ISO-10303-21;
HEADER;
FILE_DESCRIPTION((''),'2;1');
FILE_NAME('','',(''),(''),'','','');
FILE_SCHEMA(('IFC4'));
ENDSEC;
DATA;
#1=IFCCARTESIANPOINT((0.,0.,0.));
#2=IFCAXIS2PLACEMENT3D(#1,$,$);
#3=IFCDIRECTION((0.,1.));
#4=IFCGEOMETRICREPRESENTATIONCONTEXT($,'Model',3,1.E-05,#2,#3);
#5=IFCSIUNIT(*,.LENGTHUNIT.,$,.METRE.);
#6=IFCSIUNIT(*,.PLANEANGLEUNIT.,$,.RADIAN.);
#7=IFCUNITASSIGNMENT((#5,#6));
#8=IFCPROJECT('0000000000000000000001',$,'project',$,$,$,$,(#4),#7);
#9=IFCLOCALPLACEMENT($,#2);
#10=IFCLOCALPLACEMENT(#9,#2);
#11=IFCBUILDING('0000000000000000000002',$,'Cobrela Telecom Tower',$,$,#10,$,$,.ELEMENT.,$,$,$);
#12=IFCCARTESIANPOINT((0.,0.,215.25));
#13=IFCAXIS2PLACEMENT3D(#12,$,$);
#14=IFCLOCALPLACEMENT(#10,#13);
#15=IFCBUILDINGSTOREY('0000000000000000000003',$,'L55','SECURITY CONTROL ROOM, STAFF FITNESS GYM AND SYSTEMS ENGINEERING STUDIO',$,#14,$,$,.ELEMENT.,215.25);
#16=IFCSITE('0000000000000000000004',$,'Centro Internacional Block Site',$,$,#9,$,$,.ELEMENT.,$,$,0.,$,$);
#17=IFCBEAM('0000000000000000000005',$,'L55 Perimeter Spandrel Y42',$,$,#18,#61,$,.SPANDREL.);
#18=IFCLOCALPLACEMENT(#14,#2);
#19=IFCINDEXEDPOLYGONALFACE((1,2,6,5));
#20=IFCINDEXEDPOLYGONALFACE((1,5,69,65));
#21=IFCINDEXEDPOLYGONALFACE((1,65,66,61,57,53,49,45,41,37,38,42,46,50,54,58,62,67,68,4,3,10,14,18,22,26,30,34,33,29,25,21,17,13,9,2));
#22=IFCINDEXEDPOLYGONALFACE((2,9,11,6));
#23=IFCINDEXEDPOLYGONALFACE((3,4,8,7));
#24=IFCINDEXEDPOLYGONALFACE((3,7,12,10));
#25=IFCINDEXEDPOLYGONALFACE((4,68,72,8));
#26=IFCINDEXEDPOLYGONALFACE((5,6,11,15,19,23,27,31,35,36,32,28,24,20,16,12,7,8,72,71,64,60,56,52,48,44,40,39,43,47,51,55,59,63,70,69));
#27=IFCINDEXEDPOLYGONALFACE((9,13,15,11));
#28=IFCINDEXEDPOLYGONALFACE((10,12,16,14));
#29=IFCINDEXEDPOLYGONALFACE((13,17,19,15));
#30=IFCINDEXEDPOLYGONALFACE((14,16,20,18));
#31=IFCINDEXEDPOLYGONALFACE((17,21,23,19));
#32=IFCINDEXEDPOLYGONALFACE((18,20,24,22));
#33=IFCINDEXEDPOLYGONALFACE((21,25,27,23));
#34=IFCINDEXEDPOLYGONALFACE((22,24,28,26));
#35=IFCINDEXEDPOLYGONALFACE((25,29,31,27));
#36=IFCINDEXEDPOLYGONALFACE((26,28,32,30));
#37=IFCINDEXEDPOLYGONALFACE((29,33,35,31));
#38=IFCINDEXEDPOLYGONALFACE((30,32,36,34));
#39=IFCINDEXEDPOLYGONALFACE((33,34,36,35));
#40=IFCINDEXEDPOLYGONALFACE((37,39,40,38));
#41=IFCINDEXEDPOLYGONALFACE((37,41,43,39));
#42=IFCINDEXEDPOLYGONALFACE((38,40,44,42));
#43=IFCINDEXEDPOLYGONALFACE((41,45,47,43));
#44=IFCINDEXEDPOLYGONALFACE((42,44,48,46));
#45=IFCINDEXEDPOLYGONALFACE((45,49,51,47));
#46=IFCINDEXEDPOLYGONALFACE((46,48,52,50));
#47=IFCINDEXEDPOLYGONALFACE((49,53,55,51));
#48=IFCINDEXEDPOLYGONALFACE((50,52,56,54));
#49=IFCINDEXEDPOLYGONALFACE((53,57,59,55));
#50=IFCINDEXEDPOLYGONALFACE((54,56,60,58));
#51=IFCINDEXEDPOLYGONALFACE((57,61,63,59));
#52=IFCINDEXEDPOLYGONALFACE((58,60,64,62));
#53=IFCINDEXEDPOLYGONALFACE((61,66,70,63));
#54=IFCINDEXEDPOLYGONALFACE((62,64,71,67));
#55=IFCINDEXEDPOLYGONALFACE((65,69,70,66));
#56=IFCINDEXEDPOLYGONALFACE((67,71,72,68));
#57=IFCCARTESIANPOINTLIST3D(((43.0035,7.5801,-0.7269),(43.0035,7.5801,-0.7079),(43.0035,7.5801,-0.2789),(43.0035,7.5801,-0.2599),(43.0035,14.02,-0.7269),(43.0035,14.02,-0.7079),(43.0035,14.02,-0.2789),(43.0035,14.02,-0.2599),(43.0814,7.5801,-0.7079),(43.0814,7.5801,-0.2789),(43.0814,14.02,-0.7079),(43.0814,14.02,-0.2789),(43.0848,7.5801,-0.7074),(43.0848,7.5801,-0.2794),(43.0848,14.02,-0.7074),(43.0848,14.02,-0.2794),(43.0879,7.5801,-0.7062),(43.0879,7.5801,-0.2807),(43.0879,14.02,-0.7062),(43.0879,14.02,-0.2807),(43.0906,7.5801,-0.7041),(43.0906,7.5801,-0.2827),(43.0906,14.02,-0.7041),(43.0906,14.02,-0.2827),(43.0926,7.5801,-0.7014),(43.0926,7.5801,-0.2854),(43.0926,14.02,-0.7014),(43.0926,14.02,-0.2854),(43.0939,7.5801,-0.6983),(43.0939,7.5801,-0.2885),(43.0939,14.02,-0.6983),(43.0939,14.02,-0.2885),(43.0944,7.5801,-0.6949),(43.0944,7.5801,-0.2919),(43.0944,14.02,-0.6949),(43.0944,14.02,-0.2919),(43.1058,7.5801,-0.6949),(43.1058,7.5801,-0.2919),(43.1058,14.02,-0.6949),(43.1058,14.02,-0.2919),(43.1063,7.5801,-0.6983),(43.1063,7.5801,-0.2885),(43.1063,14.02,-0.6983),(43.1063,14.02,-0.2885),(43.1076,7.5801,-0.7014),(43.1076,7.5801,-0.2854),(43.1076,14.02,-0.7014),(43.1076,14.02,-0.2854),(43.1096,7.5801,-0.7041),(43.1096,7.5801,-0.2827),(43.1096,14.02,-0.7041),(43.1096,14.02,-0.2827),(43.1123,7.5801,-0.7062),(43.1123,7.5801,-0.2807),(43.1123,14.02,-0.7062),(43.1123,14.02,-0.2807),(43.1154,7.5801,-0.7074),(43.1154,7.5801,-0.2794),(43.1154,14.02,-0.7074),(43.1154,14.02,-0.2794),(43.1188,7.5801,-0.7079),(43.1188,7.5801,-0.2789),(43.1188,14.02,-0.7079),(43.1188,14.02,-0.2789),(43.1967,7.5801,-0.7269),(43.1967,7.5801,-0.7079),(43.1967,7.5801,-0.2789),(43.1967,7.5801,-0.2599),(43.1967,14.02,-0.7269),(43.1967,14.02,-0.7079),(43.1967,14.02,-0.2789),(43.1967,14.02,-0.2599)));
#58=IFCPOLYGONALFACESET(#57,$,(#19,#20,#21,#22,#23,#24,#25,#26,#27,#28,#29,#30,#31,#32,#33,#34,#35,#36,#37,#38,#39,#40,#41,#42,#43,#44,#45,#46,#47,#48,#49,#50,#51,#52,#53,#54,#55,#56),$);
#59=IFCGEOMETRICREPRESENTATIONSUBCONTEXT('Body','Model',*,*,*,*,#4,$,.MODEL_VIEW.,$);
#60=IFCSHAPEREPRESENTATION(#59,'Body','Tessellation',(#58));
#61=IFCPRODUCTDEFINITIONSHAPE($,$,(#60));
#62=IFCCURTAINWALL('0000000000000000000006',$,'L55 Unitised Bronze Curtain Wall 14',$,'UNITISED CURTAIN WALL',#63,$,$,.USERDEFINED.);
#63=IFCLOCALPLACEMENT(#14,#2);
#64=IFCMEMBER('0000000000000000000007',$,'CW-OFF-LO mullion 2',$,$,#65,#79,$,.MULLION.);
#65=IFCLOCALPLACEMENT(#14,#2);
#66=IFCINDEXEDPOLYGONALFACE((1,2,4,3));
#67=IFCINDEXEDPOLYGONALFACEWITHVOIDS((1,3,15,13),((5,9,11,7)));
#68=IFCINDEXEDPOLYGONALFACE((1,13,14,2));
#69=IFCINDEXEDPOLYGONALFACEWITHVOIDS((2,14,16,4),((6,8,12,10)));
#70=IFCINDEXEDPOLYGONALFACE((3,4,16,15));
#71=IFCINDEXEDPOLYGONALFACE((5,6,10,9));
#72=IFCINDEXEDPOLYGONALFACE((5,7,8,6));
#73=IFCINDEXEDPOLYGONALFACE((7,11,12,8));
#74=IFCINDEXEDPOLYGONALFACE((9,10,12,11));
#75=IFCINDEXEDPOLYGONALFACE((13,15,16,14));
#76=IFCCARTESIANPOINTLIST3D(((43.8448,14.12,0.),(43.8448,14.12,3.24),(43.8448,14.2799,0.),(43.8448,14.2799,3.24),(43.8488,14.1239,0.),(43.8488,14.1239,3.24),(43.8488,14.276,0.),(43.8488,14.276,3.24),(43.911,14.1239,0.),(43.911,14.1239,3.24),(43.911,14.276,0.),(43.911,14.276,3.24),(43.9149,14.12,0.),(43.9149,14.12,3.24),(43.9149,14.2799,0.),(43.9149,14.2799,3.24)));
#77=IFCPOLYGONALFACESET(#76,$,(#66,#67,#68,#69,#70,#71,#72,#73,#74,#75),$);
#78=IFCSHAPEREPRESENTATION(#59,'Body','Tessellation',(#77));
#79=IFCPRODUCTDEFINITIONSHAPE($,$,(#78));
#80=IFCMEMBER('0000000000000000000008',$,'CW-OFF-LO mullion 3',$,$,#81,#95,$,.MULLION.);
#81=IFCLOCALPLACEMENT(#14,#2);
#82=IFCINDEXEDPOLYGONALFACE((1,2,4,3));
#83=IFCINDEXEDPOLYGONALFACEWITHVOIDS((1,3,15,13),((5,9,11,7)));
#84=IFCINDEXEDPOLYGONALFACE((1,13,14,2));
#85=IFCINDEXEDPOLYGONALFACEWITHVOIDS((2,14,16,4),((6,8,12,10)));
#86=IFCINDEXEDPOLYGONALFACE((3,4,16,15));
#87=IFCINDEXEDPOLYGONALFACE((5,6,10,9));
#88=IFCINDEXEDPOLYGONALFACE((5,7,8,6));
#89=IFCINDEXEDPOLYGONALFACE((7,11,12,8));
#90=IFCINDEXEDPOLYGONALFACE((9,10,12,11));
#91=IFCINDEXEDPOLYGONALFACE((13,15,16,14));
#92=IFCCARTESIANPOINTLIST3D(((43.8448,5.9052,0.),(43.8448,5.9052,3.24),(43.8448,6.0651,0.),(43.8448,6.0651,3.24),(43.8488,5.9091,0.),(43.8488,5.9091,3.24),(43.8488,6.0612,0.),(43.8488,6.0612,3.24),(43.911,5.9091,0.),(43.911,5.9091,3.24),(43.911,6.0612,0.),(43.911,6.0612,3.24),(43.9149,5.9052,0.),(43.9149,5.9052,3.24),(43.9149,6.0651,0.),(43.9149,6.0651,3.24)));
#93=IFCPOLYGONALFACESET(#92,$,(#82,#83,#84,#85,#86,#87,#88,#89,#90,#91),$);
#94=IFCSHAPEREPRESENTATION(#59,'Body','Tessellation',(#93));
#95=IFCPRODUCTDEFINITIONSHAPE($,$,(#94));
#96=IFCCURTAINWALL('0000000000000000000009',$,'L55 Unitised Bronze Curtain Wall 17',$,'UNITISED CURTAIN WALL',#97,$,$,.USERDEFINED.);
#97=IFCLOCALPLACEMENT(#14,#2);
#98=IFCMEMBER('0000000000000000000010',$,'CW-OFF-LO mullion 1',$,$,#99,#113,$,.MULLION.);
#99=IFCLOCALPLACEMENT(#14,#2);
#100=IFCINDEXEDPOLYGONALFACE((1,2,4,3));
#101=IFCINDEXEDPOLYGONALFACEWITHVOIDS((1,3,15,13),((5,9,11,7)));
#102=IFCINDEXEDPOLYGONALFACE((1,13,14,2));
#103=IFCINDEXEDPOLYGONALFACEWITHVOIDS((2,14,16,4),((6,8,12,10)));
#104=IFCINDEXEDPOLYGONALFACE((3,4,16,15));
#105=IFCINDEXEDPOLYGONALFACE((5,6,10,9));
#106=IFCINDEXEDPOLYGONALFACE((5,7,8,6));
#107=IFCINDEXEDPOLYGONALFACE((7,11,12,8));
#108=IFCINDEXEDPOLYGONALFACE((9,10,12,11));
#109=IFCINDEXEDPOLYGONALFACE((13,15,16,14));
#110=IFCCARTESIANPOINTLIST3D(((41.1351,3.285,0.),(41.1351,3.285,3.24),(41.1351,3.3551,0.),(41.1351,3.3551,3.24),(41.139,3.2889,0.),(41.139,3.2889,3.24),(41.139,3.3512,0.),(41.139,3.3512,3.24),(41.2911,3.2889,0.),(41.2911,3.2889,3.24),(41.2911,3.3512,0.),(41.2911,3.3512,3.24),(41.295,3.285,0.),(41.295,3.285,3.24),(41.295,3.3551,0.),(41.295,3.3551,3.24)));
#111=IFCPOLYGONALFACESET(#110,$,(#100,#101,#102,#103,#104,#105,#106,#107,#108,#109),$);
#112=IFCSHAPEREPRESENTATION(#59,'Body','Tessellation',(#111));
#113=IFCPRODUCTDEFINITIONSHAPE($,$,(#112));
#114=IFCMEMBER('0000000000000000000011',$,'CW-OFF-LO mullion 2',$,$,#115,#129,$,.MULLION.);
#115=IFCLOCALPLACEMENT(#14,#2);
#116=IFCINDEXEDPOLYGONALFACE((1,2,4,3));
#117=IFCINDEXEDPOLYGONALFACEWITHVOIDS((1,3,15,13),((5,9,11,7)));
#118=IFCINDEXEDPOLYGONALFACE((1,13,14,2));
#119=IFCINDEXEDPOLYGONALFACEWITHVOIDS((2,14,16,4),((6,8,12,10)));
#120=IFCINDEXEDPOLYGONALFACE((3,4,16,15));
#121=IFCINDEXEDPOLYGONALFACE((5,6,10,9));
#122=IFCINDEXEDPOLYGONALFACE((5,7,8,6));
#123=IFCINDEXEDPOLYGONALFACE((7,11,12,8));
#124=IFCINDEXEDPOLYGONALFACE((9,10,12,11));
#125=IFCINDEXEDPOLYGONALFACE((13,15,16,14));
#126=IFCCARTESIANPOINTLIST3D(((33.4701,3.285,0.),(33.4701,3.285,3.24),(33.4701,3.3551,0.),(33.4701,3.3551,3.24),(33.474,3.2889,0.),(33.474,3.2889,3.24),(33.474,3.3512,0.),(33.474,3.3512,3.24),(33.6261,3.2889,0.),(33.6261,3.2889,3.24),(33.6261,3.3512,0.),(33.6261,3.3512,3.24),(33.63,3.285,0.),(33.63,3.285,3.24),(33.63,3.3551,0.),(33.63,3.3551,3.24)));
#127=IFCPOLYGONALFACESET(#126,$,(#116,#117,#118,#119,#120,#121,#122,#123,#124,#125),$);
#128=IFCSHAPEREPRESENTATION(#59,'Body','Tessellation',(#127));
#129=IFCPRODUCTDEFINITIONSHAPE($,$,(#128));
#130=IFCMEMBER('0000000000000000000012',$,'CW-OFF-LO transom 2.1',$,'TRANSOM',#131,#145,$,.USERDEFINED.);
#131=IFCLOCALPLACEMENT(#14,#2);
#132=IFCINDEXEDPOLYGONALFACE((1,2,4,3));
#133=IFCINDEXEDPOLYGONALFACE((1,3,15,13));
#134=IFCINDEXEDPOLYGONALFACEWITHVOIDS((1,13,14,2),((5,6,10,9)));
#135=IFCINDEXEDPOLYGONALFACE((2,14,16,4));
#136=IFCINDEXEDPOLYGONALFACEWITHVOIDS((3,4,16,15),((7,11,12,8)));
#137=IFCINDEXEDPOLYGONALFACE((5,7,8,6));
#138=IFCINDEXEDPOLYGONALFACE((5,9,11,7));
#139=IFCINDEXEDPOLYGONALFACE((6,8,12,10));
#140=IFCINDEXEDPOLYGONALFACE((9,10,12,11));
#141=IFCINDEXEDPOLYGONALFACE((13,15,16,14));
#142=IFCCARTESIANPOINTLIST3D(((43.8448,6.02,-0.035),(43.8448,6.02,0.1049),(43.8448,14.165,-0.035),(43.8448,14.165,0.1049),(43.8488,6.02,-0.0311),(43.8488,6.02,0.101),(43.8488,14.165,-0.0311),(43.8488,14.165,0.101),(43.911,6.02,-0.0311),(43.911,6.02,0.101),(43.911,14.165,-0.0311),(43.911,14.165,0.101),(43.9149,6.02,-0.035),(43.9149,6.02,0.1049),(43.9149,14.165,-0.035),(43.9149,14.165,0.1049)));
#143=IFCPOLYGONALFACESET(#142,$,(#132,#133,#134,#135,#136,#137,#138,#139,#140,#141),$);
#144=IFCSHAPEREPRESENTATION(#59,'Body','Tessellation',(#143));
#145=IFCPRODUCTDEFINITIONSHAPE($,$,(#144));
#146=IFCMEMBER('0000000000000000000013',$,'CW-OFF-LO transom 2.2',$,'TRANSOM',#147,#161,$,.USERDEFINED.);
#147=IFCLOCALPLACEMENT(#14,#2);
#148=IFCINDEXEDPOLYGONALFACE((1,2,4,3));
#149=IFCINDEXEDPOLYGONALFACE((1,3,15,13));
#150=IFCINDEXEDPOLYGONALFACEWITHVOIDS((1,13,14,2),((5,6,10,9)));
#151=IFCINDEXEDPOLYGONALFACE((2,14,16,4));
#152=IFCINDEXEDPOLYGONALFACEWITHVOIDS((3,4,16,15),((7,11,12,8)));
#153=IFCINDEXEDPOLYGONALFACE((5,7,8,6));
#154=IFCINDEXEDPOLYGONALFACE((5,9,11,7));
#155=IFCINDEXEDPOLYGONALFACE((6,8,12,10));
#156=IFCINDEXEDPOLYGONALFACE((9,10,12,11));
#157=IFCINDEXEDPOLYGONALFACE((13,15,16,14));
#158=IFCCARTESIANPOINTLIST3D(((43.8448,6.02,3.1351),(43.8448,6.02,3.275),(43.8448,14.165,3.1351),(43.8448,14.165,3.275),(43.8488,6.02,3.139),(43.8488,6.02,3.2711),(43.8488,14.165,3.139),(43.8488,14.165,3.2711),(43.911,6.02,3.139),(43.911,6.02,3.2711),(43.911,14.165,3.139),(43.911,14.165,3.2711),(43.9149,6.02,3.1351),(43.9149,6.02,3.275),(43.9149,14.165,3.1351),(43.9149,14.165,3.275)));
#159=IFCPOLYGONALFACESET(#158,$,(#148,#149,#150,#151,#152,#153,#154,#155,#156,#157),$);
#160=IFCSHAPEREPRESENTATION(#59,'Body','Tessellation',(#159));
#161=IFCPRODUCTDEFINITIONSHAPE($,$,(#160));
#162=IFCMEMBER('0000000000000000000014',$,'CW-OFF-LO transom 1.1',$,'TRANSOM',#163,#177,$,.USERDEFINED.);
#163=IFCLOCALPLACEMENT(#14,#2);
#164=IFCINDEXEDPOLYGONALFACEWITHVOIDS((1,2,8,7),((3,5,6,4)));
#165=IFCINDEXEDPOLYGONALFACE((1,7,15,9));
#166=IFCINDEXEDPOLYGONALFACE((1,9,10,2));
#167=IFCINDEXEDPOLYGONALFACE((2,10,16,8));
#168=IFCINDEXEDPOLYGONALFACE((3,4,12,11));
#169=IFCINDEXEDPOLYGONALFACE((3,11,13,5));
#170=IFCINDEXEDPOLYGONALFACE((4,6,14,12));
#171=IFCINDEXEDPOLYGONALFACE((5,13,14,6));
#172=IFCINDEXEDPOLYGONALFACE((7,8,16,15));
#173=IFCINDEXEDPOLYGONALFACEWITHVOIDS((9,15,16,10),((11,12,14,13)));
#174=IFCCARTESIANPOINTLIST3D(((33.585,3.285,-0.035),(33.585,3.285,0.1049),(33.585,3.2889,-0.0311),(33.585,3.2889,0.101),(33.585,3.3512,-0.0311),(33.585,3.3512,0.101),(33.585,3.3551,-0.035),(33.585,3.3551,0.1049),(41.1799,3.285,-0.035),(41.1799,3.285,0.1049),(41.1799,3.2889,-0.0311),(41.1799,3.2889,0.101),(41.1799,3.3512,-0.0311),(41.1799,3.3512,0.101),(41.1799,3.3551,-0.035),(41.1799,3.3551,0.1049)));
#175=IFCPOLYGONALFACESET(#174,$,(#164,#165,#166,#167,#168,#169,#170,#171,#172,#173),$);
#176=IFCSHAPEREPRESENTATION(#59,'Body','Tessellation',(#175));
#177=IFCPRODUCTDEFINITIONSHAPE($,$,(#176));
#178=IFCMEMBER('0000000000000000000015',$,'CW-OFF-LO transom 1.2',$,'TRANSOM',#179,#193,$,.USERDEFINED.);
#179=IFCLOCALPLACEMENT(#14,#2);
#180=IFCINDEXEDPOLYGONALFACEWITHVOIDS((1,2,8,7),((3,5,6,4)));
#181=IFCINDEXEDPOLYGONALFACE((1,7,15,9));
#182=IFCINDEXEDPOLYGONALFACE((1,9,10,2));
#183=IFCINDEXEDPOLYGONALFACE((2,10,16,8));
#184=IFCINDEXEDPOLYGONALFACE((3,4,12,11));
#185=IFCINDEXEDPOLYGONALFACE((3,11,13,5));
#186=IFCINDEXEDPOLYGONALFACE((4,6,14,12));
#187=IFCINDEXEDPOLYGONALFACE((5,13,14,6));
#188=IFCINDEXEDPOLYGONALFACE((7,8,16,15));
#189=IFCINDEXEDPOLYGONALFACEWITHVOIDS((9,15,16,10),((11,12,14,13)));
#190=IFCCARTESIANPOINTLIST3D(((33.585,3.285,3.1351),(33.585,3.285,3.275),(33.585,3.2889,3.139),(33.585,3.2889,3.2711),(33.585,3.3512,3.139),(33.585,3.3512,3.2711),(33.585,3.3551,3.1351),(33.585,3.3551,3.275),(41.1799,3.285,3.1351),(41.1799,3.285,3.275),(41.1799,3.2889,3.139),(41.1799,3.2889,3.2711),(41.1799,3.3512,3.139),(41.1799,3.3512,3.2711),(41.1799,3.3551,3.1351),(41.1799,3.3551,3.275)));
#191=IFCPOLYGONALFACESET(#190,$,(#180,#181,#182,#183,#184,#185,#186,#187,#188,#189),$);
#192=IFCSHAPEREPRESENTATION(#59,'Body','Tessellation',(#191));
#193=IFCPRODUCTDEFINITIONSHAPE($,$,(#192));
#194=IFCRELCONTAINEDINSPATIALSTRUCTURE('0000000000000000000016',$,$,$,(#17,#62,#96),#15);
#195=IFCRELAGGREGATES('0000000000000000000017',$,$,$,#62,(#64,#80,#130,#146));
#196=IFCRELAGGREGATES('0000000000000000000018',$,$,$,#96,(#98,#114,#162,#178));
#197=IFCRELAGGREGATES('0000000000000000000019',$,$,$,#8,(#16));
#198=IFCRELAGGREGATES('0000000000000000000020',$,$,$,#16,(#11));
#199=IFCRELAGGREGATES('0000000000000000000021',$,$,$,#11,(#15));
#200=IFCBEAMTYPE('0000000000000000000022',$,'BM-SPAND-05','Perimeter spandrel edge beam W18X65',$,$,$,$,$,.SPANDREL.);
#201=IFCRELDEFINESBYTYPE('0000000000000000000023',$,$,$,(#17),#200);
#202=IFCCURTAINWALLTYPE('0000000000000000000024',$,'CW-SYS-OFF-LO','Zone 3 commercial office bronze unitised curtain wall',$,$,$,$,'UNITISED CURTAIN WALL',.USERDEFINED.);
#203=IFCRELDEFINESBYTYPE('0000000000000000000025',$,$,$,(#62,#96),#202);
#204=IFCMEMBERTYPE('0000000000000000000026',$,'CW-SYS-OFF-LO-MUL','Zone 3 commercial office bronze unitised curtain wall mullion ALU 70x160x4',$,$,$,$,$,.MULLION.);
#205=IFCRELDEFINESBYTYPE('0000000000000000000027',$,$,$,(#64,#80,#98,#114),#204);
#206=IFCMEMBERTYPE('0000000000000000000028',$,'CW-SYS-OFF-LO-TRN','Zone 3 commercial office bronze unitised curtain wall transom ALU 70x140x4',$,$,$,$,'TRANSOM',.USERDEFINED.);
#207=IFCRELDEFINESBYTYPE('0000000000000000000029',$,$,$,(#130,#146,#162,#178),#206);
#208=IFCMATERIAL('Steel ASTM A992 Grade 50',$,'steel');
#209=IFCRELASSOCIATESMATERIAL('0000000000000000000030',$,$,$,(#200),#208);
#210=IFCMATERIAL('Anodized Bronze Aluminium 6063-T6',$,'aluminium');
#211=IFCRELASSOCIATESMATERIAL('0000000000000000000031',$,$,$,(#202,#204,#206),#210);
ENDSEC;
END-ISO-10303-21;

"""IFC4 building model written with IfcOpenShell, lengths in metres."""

from ifc_helpers import new_model, si_unit, direction, frame, origin, origin_2d, place, context, subcontext, project, spatial, hollow_rectangle, i_section, extrude, material, material_profile, profile_set, type_object, element, aggregate, save


model = new_model("IFC4")

# Units and contexts
model_context = context("Model", 3, precision=1e-05, world=origin(), true_north=direction((0.0, 1.0)))
body_context = subcontext(model_context, "Body", "Model", "MODEL_VIEW")
ifc_project = project(units=[si_unit("LENGTHUNIT", "METRE"), si_unit("PLANEANGLEUNIT", "RADIAN")], contexts=[model_context])

# Site, building, storey
site_placement = place(None, origin())
site = spatial("IfcSite", under=ifc_project, at=site_placement, Name="Centro Internacional Block Site", CompositionType="ELEMENT", RefElevation=0.0)
building_placement = place(site_placement, origin())
building = spatial("IfcBuilding", under=site, at=building_placement, Name="Cobrela Telecom Tower", CompositionType="ELEMENT")
storey_placement = place(building_placement, frame((0.0, 0.0, 215.25)))
storey = spatial("IfcBuildingStorey", under=building, at=storey_placement, Name="L55", Description="SECURITY CONTROL ROOM, STAFF FITNESS GYM AND SYSTEMS ENGINEERING STUDIO", CompositionType="ELEMENT", Elevation=215.25)

# Shared definitions
ifc_material_1 = material(Name="Steel ASTM A992 Grade 50", Category="steel")

# Beam
ifc_material_profile_1 = material_profile(ifc_material_1, i_section(OverallWidth=0.1931, OverallDepth=0.467, WebThickness=0.0115, FlangeThickness=0.019, FilletRadius=0.0129, at=origin_2d()), Name="W18X65")
ifc_profile_set_1 = profile_set([ifc_material_profile_1], Name="Steel ASTM A992 Grade 50")
beam_type_1 = type_object("IfcBeamType", Name="BM-SPAND-05", Description="Perimeter spandrel edge beam W18X65", PredefinedType="SPANDREL", material=ifc_profile_set_1)
beam_1_placement = place(storey_placement, frame((43.1001, 7.5801, -0.4934), z_axis=(0.0, 1.0, 0.0), x_axis=(-1.0, 0.0, 0.0)))
element("IfcBeam", 1, at=beam_1_placement, inside=storey, type_object=beam_type_1, Name="L55 Perimeter Spandrel Y42", PredefinedType="SPANDREL", context=body_context, shape_type="SweptSolid", body=[
    extrude(i_section(OverallWidth=0.1931, OverallDepth=0.467, WebThickness=0.0115, FlangeThickness=0.019, FilletRadius=0.0129, at=origin_2d()), origin(), (0.0, 0.0, 1.0), 6.4399),
])

# Curtain walls, members
ifc_material_2 = material(Name="Anodized Bronze Aluminium 6063-T6", Category="aluminium")
curtain_wall_type = type_object("IfcCurtainWallType", Name="CW-SYS-OFF-LO", Description="Zone 3 commercial office bronze unitised curtain wall", ElementType="UNITISED CURTAIN WALL", PredefinedType="USERDEFINED", material=ifc_material_2)
curtain_wall_1_placement = place(storey_placement, origin())
curtain_wall_1 = element("IfcCurtainWall", 2, at=curtain_wall_1_placement, inside=storey, type_object=curtain_wall_type, Name="L55 Unitised Bronze Curtain Wall 14", ObjectType="UNITISED CURTAIN WALL", PredefinedType="USERDEFINED")
ifc_material_profile_2 = material_profile(ifc_material_2, hollow_rectangle(XDim=0.0701, YDim=0.1599, WallThickness=0.0039, at=origin_2d()), Name="ALU 70x160x4")
ifc_profile_set_2 = profile_set([ifc_material_profile_2], Name="Anodized Bronze Aluminium 6063-T6")
member_type_1 = type_object("IfcMemberType", Name="CW-SYS-OFF-LO-MUL", Description="Zone 3 commercial office bronze unitised curtain wall mullion ALU 70x160x4", PredefinedType="MULLION", material=ifc_profile_set_2)
member_1_placement = place(storey_placement, frame((43.8799, 14.2, 0.0), z_axis=(0.0, 0.0, 1.0), x_axis=(1.0, 0.0, 0.0)))
member_1 = element("IfcMember", 3, at=member_1_placement, type_object=member_type_1, Name="CW-OFF-LO mullion 2", PredefinedType="MULLION", context=body_context, shape_type="SweptSolid", body=[
    extrude(hollow_rectangle(XDim=0.0701, YDim=0.1599, WallThickness=0.0039, at=origin_2d()), origin(), (0.0, 0.0, 1.0), 3.24),
])
member_2_placement = place(storey_placement, frame((43.8799, 5.9851, 0.0), z_axis=(0.0, 0.0, 1.0), x_axis=(1.0, 0.0, 0.0)))
member_2 = element("IfcMember", 4, at=member_2_placement, type_object=member_type_1, Name="CW-OFF-LO mullion 3", PredefinedType="MULLION", context=body_context, shape_type="SweptSolid", body=[
    extrude(hollow_rectangle(XDim=0.0701, YDim=0.1599, WallThickness=0.0039, at=origin_2d()), origin(), (0.0, 0.0, 1.0), 3.24),
])
curtain_wall_2_placement = place(storey_placement, origin())
curtain_wall_2 = element("IfcCurtainWall", 5, at=curtain_wall_2_placement, inside=storey, type_object=curtain_wall_type, Name="L55 Unitised Bronze Curtain Wall 17", ObjectType="UNITISED CURTAIN WALL", PredefinedType="USERDEFINED")
member_3_placement = place(storey_placement, frame((41.2151, 3.3201, 0.0), z_axis=(0.0, 0.0, 1.0), x_axis=(0.0, -1.0, 0.0)))
member_3 = element("IfcMember", 6, at=member_3_placement, type_object=member_type_1, Name="CW-OFF-LO mullion 1", PredefinedType="MULLION", context=body_context, shape_type="SweptSolid", body=[
    extrude(hollow_rectangle(XDim=0.0701, YDim=0.1599, WallThickness=0.0039, at=origin_2d()), origin(), (0.0, 0.0, 1.0), 3.24),
])
member_4_placement = place(storey_placement, frame((33.55, 3.3201, 0.0), z_axis=(0.0, 0.0, 1.0), x_axis=(0.0, -1.0, 0.0)))
member_4 = element("IfcMember", 7, at=member_4_placement, type_object=member_type_1, Name="CW-OFF-LO mullion 2", PredefinedType="MULLION", context=body_context, shape_type="SweptSolid", body=[
    extrude(hollow_rectangle(XDim=0.0701, YDim=0.1599, WallThickness=0.0039, at=origin_2d()), origin(), (0.0, 0.0, 1.0), 3.24),
])

# Members
ifc_material_profile_3 = material_profile(ifc_material_2, hollow_rectangle(XDim=0.0701, YDim=0.1399, WallThickness=0.0039, at=origin_2d()), Name="ALU 70x140x4")
ifc_profile_set_3 = profile_set([ifc_material_profile_3], Name="Anodized Bronze Aluminium 6063-T6")
member_type_2 = type_object("IfcMemberType", Name="CW-SYS-OFF-LO-TRN", Description="Zone 3 commercial office bronze unitised curtain wall transom ALU 70x140x4", ElementType="TRANSOM", PredefinedType="USERDEFINED", material=ifc_profile_set_3)
member_5_placement = place(storey_placement, frame((43.8799, 14.165, 0.0349), z_axis=(0.0, -1.0, 0.0), x_axis=(1.0, 0.0, 0.0)))
member_5 = element("IfcMember", 8, at=member_5_placement, type_object=member_type_2, Name="CW-OFF-LO transom 2.1", ObjectType="TRANSOM", PredefinedType="USERDEFINED", context=body_context, shape_type="SweptSolid", body=[
    extrude(hollow_rectangle(XDim=0.0701, YDim=0.1399, WallThickness=0.0039, at=origin_2d()), origin(), (0.0, 0.0, 1.0), 8.145),
])
member_6_placement = place(storey_placement, frame((43.8799, 14.165, 3.2051), z_axis=(0.0, -1.0, 0.0), x_axis=(1.0, 0.0, 0.0)))
member_6 = element("IfcMember", 9, at=member_6_placement, type_object=member_type_2, Name="CW-OFF-LO transom 2.2", ObjectType="TRANSOM", PredefinedType="USERDEFINED", context=body_context, shape_type="SweptSolid", body=[
    extrude(hollow_rectangle(XDim=0.0701, YDim=0.1399, WallThickness=0.0039, at=origin_2d()), origin(), (0.0, 0.0, 1.0), 8.145),
])
member_7_placement = place(storey_placement, frame((41.1799, 3.3201, 0.0349), z_axis=(-1.0, 0.0, 0.0), x_axis=(0.0, -1.0, 0.0)))
member_7 = element("IfcMember", 10, at=member_7_placement, type_object=member_type_2, Name="CW-OFF-LO transom 1.1", ObjectType="TRANSOM", PredefinedType="USERDEFINED", context=body_context, shape_type="SweptSolid", body=[
    extrude(hollow_rectangle(XDim=0.0701, YDim=0.1399, WallThickness=0.0039, at=origin_2d()), origin(), (0.0, 0.0, 1.0), 7.595),
])
member_8_placement = place(storey_placement, frame((41.1799, 3.3201, 3.2051), z_axis=(-1.0, 0.0, 0.0), x_axis=(0.0, -1.0, 0.0)))
member_8 = element("IfcMember", 11, at=member_8_placement, type_object=member_type_2, Name="CW-OFF-LO transom 1.2", ObjectType="TRANSOM", PredefinedType="USERDEFINED", context=body_context, shape_type="SweptSolid", body=[
    extrude(hollow_rectangle(XDim=0.0701, YDim=0.1399, WallThickness=0.0039, at=origin_2d()), origin(), (0.0, 0.0, 1.0), 7.595),
])

aggregate(curtain_wall_1, [member_1, member_2, member_5, member_6])
aggregate(curtain_wall_2, [member_3, member_4, member_7, member_8])

save(model, "model.ifc")
